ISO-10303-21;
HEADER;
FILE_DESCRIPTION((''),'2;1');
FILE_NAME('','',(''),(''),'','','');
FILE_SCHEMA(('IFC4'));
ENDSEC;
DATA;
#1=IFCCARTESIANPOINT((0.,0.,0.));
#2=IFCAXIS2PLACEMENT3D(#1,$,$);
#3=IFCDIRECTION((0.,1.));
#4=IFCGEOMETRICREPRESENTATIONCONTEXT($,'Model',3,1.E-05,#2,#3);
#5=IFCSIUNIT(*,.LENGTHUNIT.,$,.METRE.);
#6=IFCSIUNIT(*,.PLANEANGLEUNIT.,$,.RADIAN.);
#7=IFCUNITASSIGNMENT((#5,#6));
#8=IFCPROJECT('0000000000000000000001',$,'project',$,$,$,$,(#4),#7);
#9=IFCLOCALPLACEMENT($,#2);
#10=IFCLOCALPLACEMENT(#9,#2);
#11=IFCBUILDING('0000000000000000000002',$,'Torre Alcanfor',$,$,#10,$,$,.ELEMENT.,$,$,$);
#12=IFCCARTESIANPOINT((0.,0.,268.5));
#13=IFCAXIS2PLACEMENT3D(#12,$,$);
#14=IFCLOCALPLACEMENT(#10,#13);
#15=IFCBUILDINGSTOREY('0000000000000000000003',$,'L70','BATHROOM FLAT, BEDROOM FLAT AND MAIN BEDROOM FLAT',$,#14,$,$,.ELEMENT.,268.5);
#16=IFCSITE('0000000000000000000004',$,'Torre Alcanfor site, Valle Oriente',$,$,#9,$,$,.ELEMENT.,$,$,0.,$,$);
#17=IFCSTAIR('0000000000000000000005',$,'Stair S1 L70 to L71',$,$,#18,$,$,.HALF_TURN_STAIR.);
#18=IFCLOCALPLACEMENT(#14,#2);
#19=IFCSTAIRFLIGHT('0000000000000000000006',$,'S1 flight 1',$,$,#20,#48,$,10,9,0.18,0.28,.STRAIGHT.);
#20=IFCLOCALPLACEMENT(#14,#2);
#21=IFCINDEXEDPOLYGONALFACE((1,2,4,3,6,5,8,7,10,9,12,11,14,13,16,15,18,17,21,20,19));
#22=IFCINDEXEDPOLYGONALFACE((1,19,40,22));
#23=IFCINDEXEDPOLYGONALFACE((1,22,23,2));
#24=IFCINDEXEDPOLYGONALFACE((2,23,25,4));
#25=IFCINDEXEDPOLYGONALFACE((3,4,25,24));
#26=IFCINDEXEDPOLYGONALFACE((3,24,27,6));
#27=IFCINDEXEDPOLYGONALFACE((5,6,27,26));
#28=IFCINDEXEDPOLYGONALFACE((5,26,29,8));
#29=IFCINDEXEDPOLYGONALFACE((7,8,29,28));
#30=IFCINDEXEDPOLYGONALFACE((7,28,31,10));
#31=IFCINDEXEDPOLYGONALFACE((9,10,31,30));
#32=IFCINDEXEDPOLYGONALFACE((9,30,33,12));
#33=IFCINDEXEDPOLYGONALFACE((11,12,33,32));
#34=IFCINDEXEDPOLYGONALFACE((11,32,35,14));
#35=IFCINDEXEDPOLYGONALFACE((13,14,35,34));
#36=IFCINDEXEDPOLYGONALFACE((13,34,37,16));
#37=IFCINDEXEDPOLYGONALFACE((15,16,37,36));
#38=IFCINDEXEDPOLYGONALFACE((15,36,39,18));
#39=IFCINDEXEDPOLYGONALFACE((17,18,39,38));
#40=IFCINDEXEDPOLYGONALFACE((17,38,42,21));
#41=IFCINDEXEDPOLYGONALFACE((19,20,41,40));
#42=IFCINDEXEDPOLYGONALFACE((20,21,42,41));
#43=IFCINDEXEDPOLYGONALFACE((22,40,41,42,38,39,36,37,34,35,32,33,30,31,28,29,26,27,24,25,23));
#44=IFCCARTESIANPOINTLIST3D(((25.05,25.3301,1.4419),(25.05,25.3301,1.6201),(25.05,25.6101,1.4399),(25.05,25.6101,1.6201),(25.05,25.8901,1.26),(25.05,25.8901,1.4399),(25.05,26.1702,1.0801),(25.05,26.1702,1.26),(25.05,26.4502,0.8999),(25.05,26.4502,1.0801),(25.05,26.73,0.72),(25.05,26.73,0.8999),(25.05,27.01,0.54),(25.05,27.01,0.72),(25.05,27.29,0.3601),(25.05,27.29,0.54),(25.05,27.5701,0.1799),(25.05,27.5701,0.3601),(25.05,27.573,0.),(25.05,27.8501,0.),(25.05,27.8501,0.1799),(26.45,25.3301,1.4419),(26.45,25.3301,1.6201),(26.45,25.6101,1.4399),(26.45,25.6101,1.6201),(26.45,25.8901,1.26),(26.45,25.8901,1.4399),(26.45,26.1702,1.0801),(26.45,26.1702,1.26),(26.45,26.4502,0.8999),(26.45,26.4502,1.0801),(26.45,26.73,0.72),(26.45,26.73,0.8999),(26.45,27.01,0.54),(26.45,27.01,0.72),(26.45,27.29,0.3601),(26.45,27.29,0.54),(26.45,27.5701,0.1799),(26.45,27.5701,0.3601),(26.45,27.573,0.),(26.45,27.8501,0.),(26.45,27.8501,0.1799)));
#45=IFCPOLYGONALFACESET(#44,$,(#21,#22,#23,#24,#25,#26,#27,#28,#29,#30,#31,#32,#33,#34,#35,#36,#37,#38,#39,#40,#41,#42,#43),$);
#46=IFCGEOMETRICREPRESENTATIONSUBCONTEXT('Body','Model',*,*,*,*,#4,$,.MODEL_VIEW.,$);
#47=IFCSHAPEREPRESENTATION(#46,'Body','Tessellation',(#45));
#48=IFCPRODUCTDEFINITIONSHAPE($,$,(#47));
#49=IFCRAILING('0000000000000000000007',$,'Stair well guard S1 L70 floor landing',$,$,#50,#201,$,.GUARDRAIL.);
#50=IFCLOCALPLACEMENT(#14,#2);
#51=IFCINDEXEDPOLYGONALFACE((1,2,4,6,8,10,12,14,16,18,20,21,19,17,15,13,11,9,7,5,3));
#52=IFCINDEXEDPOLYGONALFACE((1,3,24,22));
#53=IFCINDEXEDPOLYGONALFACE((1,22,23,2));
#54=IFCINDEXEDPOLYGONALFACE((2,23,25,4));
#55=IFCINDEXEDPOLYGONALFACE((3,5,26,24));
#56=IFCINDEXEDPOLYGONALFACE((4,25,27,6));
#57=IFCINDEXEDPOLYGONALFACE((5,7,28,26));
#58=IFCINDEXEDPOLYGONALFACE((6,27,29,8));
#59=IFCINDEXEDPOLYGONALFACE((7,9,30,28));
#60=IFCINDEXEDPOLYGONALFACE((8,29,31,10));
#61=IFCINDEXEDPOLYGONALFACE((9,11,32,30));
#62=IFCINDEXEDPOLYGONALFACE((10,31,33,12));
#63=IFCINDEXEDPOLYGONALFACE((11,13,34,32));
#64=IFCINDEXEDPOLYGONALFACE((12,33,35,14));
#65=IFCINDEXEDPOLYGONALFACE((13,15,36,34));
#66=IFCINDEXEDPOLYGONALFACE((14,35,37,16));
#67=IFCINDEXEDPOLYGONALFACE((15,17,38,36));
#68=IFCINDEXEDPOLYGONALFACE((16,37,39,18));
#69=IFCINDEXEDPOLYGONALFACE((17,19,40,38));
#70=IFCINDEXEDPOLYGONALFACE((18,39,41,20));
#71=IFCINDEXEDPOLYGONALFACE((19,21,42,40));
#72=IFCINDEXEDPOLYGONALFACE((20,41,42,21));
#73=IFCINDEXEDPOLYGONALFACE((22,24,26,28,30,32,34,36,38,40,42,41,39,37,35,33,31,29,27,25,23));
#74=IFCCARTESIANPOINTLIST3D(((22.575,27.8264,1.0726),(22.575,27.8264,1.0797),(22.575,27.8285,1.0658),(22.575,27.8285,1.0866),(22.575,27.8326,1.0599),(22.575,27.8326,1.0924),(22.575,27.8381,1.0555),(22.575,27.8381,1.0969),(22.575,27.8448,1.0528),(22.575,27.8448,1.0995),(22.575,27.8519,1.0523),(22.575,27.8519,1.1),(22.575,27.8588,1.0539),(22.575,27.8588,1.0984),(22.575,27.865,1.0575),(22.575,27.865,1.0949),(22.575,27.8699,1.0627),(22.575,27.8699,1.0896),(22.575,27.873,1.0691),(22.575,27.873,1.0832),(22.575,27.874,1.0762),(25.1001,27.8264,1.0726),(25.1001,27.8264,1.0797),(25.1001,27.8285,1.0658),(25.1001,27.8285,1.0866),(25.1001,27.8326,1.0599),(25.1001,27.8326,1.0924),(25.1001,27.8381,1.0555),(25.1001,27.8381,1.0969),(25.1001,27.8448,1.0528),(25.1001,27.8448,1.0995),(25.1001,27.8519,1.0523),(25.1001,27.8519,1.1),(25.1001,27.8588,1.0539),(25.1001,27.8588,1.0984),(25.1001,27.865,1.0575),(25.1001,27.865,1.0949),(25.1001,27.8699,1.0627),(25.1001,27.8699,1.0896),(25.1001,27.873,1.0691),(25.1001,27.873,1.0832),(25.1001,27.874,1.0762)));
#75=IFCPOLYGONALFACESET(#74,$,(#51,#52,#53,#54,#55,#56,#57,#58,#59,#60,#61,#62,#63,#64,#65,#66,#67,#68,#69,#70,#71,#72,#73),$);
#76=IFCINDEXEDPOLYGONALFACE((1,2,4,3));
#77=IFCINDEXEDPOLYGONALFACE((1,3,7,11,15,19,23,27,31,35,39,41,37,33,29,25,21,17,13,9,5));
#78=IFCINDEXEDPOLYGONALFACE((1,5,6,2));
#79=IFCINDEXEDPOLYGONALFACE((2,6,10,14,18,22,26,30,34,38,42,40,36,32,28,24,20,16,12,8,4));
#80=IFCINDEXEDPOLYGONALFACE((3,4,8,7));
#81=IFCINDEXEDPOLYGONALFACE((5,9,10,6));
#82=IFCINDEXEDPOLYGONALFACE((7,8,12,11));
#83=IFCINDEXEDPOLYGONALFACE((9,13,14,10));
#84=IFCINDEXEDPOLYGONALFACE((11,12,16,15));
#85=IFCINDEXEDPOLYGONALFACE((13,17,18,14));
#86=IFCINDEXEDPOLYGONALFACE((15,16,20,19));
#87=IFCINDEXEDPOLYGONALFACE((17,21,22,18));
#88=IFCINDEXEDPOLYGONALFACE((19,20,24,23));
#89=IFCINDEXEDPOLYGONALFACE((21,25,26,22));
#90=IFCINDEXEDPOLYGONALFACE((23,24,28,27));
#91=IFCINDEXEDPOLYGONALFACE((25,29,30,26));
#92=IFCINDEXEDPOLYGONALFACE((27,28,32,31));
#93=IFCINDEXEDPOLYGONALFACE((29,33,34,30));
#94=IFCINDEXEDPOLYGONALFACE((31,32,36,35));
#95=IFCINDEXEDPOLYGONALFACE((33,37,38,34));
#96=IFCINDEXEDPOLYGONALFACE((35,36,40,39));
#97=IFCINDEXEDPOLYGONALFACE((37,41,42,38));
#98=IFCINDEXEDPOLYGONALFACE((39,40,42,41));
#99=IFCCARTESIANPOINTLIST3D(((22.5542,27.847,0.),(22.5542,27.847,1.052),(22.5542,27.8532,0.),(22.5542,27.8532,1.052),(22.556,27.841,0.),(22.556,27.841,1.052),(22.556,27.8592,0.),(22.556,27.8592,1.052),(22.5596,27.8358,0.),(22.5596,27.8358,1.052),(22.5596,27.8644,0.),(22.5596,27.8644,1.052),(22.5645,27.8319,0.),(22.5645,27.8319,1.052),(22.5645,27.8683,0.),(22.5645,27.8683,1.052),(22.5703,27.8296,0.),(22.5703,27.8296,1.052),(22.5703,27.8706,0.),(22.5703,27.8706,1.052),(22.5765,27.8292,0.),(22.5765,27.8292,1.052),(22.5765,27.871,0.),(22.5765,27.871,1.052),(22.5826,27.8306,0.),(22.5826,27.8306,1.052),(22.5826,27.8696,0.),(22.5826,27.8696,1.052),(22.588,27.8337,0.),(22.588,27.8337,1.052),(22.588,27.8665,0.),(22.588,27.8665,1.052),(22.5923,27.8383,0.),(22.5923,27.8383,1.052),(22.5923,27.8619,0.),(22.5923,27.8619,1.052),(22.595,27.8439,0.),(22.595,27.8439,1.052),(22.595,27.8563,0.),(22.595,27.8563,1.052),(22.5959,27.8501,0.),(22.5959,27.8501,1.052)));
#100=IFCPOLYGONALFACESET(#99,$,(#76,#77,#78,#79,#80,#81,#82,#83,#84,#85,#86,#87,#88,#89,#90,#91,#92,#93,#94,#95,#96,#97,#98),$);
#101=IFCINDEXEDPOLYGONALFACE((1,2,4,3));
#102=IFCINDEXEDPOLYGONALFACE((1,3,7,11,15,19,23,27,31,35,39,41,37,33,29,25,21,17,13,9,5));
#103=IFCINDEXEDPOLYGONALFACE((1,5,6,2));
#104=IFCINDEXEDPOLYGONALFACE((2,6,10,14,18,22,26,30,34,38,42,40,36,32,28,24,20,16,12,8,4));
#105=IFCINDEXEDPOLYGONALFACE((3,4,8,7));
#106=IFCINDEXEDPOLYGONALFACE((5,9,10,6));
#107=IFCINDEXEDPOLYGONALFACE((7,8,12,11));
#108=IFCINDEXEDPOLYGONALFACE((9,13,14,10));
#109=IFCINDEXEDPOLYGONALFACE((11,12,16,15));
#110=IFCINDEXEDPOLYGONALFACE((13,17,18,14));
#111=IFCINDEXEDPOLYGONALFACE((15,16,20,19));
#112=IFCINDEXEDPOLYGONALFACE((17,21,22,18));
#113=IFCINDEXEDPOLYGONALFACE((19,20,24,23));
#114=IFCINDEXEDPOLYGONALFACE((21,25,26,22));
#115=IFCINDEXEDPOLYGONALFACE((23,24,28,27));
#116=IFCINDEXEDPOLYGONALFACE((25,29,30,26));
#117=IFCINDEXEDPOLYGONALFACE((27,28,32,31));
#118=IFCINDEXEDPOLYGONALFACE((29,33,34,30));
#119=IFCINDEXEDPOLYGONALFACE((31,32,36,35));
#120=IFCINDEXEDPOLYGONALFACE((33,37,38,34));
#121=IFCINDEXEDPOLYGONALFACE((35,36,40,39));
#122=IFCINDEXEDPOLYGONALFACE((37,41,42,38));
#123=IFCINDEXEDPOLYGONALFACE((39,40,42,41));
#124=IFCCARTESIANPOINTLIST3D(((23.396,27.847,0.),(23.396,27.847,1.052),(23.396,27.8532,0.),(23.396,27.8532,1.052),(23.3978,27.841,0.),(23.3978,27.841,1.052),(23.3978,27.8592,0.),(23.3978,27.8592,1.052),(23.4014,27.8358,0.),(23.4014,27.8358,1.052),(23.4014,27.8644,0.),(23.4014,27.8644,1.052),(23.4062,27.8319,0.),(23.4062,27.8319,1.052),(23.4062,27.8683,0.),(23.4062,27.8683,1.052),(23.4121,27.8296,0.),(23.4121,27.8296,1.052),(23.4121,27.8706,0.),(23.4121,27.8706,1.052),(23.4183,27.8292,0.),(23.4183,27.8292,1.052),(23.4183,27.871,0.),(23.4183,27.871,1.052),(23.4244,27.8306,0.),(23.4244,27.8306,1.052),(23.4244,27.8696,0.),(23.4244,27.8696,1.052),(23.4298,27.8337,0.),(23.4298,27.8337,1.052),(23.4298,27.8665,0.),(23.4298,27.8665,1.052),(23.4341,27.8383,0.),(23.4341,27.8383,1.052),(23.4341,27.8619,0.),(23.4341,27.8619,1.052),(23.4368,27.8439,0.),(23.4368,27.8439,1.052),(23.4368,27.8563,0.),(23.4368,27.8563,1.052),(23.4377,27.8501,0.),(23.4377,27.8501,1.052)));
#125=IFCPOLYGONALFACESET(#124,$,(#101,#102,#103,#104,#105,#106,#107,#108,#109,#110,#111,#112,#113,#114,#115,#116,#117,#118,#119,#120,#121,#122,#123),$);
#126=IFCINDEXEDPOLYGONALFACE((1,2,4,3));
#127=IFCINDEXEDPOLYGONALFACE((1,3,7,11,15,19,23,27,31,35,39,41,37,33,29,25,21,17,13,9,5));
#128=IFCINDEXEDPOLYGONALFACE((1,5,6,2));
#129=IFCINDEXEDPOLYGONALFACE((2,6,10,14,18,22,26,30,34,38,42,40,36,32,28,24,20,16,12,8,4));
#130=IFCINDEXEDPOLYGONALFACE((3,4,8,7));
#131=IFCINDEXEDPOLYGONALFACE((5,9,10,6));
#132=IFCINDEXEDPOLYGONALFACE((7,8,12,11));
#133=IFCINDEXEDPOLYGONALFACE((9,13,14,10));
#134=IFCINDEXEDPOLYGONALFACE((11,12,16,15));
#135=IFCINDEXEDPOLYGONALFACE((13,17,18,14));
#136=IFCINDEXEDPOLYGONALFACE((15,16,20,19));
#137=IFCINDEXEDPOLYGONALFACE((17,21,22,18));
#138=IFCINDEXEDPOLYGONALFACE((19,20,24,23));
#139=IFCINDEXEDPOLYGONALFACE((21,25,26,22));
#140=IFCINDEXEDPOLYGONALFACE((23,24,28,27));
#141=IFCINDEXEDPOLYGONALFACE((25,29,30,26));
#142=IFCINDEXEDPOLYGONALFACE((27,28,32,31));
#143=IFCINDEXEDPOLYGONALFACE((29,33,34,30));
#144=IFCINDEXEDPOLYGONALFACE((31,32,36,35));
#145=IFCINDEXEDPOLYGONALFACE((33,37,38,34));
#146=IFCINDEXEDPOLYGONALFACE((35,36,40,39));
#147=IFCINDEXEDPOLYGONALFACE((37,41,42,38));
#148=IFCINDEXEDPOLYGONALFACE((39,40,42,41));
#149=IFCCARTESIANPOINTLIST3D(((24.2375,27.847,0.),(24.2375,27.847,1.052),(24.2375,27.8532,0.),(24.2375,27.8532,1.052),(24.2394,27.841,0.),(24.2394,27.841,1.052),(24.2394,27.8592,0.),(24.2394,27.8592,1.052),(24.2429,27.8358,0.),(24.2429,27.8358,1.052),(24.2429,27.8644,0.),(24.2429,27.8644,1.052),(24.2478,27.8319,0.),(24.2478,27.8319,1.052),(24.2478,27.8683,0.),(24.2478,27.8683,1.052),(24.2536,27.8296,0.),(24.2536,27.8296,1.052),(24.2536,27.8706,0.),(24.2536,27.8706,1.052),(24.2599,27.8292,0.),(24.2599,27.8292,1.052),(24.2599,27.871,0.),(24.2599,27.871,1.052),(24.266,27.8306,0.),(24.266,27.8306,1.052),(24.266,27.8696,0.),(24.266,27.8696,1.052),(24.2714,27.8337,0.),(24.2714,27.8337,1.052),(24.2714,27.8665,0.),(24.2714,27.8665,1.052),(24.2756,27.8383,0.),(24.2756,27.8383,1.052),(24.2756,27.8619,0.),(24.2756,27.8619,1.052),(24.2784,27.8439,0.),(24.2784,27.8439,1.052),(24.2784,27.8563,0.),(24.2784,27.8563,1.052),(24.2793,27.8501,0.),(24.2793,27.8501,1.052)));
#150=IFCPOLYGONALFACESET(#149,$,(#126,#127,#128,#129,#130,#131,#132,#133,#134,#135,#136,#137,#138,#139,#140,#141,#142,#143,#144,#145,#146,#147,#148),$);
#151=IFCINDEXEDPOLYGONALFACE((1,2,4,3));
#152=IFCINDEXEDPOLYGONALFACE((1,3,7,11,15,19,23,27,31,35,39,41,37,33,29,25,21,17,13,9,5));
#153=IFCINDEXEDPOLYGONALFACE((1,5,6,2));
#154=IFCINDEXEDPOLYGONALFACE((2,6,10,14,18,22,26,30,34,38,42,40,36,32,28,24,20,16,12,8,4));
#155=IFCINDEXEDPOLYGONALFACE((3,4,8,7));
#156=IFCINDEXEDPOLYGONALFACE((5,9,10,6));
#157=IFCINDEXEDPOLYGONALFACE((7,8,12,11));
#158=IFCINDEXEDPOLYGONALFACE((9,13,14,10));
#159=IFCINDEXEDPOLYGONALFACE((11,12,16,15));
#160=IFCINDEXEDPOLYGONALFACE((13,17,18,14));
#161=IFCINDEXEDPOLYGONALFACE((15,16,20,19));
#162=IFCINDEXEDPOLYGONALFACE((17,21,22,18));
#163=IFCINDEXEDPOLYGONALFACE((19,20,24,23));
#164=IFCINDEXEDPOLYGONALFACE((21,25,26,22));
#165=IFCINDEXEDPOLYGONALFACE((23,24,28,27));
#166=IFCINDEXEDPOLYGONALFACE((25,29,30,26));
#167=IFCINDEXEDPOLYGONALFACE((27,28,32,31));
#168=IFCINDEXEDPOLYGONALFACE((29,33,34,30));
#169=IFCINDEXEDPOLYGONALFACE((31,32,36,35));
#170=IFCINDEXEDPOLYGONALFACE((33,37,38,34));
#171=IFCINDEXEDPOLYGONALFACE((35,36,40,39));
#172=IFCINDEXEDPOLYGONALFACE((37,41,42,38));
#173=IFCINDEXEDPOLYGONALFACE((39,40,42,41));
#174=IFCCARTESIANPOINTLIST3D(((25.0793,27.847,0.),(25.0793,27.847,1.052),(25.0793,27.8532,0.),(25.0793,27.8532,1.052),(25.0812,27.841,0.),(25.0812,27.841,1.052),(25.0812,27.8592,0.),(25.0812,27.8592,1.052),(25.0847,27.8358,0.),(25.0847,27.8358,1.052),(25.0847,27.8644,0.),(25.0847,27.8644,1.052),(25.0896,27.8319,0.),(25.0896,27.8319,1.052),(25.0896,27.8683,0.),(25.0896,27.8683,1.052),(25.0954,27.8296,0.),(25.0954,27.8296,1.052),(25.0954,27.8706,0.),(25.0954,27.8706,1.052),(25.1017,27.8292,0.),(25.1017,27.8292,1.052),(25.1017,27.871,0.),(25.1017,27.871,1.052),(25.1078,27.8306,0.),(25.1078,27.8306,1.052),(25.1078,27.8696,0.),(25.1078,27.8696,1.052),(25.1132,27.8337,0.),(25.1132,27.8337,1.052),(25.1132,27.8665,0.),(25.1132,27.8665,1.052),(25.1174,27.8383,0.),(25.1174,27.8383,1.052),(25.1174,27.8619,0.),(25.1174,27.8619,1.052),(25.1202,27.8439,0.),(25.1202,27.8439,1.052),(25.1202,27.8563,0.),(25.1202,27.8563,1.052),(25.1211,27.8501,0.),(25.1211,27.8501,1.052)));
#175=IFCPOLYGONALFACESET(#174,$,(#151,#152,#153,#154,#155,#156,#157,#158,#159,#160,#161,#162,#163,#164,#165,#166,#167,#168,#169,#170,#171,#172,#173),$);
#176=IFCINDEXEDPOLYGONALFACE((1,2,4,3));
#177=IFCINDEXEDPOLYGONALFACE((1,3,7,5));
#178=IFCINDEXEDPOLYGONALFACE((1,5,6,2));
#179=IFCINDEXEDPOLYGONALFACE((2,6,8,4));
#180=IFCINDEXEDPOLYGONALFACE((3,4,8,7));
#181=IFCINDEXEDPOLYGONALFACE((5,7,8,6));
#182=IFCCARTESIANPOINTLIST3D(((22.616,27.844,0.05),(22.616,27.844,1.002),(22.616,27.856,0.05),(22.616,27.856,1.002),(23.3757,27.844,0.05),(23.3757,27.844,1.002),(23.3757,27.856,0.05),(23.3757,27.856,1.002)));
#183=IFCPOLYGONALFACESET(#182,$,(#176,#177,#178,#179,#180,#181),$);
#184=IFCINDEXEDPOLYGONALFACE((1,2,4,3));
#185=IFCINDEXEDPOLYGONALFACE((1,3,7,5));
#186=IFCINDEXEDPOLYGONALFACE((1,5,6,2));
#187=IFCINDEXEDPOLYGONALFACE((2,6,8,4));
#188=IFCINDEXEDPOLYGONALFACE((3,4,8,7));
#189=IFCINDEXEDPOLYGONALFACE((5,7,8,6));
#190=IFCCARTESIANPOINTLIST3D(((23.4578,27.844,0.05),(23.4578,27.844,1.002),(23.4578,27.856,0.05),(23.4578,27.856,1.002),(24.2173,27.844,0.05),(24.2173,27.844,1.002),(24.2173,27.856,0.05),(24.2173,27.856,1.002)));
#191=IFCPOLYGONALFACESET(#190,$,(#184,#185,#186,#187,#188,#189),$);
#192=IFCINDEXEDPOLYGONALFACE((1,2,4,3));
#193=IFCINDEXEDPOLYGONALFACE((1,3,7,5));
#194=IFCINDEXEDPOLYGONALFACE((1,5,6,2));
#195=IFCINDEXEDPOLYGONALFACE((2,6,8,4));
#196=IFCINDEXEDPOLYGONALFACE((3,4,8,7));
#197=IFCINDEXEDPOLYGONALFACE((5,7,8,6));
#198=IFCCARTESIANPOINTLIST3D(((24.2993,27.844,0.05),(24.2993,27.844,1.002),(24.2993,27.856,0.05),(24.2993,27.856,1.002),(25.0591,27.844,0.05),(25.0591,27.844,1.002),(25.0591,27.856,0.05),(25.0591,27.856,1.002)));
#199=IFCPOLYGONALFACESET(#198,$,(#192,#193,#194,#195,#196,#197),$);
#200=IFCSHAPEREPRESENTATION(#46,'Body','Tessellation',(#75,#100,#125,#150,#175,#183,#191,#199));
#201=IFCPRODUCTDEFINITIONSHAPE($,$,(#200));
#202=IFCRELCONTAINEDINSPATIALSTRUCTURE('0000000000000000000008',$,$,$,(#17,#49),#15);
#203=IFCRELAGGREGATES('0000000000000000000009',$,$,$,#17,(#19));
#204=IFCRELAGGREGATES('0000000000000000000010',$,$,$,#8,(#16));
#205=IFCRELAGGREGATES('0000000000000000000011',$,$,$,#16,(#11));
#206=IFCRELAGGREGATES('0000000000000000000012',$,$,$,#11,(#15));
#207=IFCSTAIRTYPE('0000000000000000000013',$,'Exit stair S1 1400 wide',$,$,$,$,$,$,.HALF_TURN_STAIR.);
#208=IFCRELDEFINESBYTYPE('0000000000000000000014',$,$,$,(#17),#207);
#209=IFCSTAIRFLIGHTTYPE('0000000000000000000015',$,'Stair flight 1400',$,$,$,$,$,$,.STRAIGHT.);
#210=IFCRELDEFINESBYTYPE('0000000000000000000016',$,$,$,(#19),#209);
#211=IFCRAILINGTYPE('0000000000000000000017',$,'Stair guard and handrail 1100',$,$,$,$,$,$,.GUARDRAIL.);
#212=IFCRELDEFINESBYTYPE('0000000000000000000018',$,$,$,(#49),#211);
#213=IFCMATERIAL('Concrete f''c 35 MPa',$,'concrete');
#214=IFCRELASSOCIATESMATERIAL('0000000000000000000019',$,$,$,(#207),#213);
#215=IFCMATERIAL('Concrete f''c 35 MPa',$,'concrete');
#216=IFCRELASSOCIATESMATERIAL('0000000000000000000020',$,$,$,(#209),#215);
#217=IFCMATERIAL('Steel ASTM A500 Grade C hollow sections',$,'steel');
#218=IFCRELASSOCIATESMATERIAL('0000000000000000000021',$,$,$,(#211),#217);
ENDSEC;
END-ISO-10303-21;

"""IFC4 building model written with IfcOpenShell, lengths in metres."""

from ifc_helpers import new_model, si_unit, direction, frame, origin, origin_2d, place, context, subcontext, project, spatial, polyline, circle, outline, extrude, material, type_object, element, aggregate, save


model = new_model("IFC4")

# Units and contexts
model_context = context("Model", 3, precision=1e-05, world=origin(), true_north=direction((0.0, 1.0)))
body_context = subcontext(model_context, "Body", "Model", "MODEL_VIEW")
ifc_project = project(units=[si_unit("LENGTHUNIT", "METRE"), si_unit("PLANEANGLEUNIT", "RADIAN")], contexts=[model_context])

# Site, building, storey
site_placement = place(None, origin())
site = spatial("IfcSite", under=ifc_project, at=site_placement, Name="Torre Alcanfor site, Valle Oriente", CompositionType="ELEMENT", RefElevation=0.0)
building_placement = place(site_placement, origin())
building = spatial("IfcBuilding", under=site, at=building_placement, Name="Torre Alcanfor", CompositionType="ELEMENT")
storey_placement = place(building_placement, frame((0.0, 0.0, 268.5)))
storey = spatial("IfcBuildingStorey", under=building, at=storey_placement, Name="L70", Description="BATHROOM FLAT, BEDROOM FLAT AND MAIN BEDROOM FLAT", CompositionType="ELEMENT", Elevation=268.5)

# Stair, stair flight
ifc_material_1 = material(Name="Concrete f'c 35 MPa", Category="concrete")
stair_type = type_object("IfcStairType", Name="Exit stair S1 1400 wide", PredefinedType="HALF_TURN_STAIR", material=ifc_material_1)
stair_placement = place(storey_placement, origin())
stair = element("IfcStair", 1, at=stair_placement, inside=storey, type_object=stair_type, Name="Stair S1 L70 to L71", PredefinedType="HALF_TURN_STAIR")
ifc_material_2 = material(Name="Concrete f'c 35 MPa", Category="concrete")
stair_flight_type = type_object("IfcStairFlightType", Name="Stair flight 1400", PredefinedType="STRAIGHT", material=ifc_material_2)
stair_flight_placement = place(storey_placement, frame((25.75, 27.8501, 0.0), z_axis=(0.0, 0.0, 1.0), x_axis=(0.0, -1.0, 0.0)))
stair_flight = element("IfcStairFlight", 2, at=stair_flight_placement, type_object=stair_flight_type, Name="S1 flight 1", NumberOfRisers=10, NumberOfTreads=9, PredefinedType="STRAIGHT", RiserHeight=0.18, TreadLength=0.28, context=body_context, shape_type="SweptSolid", body=[
    extrude(outline(polyline([(0.0, 0.0), (0.0, 0.1799), (0.28, 0.1799), (0.28, 0.3601), (0.5601, 0.3601), (0.5601, 0.54), (0.8401, 0.54), (0.8401, 0.72), (1.1201, 0.72), (1.1201, 0.8999), (1.3999, 0.8999), (1.3999, 1.0801), (1.6799, 1.0801), (1.6799, 1.26), (1.96, 1.26), (1.96, 1.4399), (2.24, 1.4399), (2.24, 1.6201), (2.52, 1.6201), (2.52, 1.8), (2.52, 1.4419), (0.2771, 0.0), (0.0, 0.0)])), frame((0.0, 0.7, 0.0), z_axis=(0.0, -1.0, 0.0), x_axis=(1.0, 0.0, 0.0)), (0.0, 0.0, 1.0), 1.3999),
])
aggregate(stair, [stair_flight])

# Railing
ifc_material_3 = material(Name="Steel ASTM A500 Grade C hollow sections", Category="steel")
railing_type_1 = type_object("IfcRailingType", Name="Stair guard and handrail 1100", PredefinedType="GUARDRAIL", material=ifc_material_3)
railing_1_placement = place(storey_placement, frame((22.575, 27.8501, 0.0)))
element("IfcRailing", 3, at=railing_1_placement, inside=storey, type_object=railing_type_1, Name="Stair well guard S1 L70 floor landing", PredefinedType="GUARDRAIL", context=body_context, shape_type="SweptSolid", body=[
    extrude(circle(Radius=0.0239, at=origin_2d()), frame((0.0, 0.0, 1.0762), z_axis=(1.0, 0.0, 0.0), x_axis=(0.0, 1.0, 0.0)), (0.0, 0.0, 1.0), 2.5251),
    extrude(circle(Radius=0.021, at=origin_2d()), origin(), (0.0, 0.0, 1.0), 1.052),
    extrude(circle(Radius=0.021, at=origin_2d()), frame((0.8418, 0.0, 0.0)), (0.0, 0.0, 1.0), 1.052),
    extrude(circle(Radius=0.021, at=origin_2d()), frame((1.6833, 0.0, 0.0)), (0.0, 0.0, 1.0), 1.052),
    extrude(circle(Radius=0.021, at=origin_2d()), frame((2.5251, 0.0, 0.0)), (0.0, 0.0, 1.0), 1.052),
    extrude(outline(polyline([(0.041, 0.05), (0.8008, 0.05), (0.8008, 1.002), (0.041, 1.002), (0.041, 0.05)])), frame((0.0, 0.0059, 0.0), z_axis=(0.0, -1.0, 0.0), x_axis=(1.0, 0.0, 0.0)), (0.0, 0.0, 1.0), 0.012),
    extrude(outline(polyline([(0.8828, 0.05), (1.6423, 0.05), (1.6423, 1.002), (0.8828, 1.002), (0.8828, 0.05)])), frame((0.0, 0.0059, 0.0), z_axis=(0.0, -1.0, 0.0), x_axis=(1.0, 0.0, 0.0)), (0.0, 0.0, 1.0), 0.012),
    extrude(outline(polyline([(1.7244, 0.05), (2.4841, 0.05), (2.4841, 1.002), (1.7244, 1.002), (1.7244, 0.05)])), frame((0.0, 0.0059, 0.0), z_axis=(0.0, -1.0, 0.0), x_axis=(1.0, 0.0, 0.0)), (0.0, 0.0, 1.0), 0.012),
])

save(model, "model.ifc")
